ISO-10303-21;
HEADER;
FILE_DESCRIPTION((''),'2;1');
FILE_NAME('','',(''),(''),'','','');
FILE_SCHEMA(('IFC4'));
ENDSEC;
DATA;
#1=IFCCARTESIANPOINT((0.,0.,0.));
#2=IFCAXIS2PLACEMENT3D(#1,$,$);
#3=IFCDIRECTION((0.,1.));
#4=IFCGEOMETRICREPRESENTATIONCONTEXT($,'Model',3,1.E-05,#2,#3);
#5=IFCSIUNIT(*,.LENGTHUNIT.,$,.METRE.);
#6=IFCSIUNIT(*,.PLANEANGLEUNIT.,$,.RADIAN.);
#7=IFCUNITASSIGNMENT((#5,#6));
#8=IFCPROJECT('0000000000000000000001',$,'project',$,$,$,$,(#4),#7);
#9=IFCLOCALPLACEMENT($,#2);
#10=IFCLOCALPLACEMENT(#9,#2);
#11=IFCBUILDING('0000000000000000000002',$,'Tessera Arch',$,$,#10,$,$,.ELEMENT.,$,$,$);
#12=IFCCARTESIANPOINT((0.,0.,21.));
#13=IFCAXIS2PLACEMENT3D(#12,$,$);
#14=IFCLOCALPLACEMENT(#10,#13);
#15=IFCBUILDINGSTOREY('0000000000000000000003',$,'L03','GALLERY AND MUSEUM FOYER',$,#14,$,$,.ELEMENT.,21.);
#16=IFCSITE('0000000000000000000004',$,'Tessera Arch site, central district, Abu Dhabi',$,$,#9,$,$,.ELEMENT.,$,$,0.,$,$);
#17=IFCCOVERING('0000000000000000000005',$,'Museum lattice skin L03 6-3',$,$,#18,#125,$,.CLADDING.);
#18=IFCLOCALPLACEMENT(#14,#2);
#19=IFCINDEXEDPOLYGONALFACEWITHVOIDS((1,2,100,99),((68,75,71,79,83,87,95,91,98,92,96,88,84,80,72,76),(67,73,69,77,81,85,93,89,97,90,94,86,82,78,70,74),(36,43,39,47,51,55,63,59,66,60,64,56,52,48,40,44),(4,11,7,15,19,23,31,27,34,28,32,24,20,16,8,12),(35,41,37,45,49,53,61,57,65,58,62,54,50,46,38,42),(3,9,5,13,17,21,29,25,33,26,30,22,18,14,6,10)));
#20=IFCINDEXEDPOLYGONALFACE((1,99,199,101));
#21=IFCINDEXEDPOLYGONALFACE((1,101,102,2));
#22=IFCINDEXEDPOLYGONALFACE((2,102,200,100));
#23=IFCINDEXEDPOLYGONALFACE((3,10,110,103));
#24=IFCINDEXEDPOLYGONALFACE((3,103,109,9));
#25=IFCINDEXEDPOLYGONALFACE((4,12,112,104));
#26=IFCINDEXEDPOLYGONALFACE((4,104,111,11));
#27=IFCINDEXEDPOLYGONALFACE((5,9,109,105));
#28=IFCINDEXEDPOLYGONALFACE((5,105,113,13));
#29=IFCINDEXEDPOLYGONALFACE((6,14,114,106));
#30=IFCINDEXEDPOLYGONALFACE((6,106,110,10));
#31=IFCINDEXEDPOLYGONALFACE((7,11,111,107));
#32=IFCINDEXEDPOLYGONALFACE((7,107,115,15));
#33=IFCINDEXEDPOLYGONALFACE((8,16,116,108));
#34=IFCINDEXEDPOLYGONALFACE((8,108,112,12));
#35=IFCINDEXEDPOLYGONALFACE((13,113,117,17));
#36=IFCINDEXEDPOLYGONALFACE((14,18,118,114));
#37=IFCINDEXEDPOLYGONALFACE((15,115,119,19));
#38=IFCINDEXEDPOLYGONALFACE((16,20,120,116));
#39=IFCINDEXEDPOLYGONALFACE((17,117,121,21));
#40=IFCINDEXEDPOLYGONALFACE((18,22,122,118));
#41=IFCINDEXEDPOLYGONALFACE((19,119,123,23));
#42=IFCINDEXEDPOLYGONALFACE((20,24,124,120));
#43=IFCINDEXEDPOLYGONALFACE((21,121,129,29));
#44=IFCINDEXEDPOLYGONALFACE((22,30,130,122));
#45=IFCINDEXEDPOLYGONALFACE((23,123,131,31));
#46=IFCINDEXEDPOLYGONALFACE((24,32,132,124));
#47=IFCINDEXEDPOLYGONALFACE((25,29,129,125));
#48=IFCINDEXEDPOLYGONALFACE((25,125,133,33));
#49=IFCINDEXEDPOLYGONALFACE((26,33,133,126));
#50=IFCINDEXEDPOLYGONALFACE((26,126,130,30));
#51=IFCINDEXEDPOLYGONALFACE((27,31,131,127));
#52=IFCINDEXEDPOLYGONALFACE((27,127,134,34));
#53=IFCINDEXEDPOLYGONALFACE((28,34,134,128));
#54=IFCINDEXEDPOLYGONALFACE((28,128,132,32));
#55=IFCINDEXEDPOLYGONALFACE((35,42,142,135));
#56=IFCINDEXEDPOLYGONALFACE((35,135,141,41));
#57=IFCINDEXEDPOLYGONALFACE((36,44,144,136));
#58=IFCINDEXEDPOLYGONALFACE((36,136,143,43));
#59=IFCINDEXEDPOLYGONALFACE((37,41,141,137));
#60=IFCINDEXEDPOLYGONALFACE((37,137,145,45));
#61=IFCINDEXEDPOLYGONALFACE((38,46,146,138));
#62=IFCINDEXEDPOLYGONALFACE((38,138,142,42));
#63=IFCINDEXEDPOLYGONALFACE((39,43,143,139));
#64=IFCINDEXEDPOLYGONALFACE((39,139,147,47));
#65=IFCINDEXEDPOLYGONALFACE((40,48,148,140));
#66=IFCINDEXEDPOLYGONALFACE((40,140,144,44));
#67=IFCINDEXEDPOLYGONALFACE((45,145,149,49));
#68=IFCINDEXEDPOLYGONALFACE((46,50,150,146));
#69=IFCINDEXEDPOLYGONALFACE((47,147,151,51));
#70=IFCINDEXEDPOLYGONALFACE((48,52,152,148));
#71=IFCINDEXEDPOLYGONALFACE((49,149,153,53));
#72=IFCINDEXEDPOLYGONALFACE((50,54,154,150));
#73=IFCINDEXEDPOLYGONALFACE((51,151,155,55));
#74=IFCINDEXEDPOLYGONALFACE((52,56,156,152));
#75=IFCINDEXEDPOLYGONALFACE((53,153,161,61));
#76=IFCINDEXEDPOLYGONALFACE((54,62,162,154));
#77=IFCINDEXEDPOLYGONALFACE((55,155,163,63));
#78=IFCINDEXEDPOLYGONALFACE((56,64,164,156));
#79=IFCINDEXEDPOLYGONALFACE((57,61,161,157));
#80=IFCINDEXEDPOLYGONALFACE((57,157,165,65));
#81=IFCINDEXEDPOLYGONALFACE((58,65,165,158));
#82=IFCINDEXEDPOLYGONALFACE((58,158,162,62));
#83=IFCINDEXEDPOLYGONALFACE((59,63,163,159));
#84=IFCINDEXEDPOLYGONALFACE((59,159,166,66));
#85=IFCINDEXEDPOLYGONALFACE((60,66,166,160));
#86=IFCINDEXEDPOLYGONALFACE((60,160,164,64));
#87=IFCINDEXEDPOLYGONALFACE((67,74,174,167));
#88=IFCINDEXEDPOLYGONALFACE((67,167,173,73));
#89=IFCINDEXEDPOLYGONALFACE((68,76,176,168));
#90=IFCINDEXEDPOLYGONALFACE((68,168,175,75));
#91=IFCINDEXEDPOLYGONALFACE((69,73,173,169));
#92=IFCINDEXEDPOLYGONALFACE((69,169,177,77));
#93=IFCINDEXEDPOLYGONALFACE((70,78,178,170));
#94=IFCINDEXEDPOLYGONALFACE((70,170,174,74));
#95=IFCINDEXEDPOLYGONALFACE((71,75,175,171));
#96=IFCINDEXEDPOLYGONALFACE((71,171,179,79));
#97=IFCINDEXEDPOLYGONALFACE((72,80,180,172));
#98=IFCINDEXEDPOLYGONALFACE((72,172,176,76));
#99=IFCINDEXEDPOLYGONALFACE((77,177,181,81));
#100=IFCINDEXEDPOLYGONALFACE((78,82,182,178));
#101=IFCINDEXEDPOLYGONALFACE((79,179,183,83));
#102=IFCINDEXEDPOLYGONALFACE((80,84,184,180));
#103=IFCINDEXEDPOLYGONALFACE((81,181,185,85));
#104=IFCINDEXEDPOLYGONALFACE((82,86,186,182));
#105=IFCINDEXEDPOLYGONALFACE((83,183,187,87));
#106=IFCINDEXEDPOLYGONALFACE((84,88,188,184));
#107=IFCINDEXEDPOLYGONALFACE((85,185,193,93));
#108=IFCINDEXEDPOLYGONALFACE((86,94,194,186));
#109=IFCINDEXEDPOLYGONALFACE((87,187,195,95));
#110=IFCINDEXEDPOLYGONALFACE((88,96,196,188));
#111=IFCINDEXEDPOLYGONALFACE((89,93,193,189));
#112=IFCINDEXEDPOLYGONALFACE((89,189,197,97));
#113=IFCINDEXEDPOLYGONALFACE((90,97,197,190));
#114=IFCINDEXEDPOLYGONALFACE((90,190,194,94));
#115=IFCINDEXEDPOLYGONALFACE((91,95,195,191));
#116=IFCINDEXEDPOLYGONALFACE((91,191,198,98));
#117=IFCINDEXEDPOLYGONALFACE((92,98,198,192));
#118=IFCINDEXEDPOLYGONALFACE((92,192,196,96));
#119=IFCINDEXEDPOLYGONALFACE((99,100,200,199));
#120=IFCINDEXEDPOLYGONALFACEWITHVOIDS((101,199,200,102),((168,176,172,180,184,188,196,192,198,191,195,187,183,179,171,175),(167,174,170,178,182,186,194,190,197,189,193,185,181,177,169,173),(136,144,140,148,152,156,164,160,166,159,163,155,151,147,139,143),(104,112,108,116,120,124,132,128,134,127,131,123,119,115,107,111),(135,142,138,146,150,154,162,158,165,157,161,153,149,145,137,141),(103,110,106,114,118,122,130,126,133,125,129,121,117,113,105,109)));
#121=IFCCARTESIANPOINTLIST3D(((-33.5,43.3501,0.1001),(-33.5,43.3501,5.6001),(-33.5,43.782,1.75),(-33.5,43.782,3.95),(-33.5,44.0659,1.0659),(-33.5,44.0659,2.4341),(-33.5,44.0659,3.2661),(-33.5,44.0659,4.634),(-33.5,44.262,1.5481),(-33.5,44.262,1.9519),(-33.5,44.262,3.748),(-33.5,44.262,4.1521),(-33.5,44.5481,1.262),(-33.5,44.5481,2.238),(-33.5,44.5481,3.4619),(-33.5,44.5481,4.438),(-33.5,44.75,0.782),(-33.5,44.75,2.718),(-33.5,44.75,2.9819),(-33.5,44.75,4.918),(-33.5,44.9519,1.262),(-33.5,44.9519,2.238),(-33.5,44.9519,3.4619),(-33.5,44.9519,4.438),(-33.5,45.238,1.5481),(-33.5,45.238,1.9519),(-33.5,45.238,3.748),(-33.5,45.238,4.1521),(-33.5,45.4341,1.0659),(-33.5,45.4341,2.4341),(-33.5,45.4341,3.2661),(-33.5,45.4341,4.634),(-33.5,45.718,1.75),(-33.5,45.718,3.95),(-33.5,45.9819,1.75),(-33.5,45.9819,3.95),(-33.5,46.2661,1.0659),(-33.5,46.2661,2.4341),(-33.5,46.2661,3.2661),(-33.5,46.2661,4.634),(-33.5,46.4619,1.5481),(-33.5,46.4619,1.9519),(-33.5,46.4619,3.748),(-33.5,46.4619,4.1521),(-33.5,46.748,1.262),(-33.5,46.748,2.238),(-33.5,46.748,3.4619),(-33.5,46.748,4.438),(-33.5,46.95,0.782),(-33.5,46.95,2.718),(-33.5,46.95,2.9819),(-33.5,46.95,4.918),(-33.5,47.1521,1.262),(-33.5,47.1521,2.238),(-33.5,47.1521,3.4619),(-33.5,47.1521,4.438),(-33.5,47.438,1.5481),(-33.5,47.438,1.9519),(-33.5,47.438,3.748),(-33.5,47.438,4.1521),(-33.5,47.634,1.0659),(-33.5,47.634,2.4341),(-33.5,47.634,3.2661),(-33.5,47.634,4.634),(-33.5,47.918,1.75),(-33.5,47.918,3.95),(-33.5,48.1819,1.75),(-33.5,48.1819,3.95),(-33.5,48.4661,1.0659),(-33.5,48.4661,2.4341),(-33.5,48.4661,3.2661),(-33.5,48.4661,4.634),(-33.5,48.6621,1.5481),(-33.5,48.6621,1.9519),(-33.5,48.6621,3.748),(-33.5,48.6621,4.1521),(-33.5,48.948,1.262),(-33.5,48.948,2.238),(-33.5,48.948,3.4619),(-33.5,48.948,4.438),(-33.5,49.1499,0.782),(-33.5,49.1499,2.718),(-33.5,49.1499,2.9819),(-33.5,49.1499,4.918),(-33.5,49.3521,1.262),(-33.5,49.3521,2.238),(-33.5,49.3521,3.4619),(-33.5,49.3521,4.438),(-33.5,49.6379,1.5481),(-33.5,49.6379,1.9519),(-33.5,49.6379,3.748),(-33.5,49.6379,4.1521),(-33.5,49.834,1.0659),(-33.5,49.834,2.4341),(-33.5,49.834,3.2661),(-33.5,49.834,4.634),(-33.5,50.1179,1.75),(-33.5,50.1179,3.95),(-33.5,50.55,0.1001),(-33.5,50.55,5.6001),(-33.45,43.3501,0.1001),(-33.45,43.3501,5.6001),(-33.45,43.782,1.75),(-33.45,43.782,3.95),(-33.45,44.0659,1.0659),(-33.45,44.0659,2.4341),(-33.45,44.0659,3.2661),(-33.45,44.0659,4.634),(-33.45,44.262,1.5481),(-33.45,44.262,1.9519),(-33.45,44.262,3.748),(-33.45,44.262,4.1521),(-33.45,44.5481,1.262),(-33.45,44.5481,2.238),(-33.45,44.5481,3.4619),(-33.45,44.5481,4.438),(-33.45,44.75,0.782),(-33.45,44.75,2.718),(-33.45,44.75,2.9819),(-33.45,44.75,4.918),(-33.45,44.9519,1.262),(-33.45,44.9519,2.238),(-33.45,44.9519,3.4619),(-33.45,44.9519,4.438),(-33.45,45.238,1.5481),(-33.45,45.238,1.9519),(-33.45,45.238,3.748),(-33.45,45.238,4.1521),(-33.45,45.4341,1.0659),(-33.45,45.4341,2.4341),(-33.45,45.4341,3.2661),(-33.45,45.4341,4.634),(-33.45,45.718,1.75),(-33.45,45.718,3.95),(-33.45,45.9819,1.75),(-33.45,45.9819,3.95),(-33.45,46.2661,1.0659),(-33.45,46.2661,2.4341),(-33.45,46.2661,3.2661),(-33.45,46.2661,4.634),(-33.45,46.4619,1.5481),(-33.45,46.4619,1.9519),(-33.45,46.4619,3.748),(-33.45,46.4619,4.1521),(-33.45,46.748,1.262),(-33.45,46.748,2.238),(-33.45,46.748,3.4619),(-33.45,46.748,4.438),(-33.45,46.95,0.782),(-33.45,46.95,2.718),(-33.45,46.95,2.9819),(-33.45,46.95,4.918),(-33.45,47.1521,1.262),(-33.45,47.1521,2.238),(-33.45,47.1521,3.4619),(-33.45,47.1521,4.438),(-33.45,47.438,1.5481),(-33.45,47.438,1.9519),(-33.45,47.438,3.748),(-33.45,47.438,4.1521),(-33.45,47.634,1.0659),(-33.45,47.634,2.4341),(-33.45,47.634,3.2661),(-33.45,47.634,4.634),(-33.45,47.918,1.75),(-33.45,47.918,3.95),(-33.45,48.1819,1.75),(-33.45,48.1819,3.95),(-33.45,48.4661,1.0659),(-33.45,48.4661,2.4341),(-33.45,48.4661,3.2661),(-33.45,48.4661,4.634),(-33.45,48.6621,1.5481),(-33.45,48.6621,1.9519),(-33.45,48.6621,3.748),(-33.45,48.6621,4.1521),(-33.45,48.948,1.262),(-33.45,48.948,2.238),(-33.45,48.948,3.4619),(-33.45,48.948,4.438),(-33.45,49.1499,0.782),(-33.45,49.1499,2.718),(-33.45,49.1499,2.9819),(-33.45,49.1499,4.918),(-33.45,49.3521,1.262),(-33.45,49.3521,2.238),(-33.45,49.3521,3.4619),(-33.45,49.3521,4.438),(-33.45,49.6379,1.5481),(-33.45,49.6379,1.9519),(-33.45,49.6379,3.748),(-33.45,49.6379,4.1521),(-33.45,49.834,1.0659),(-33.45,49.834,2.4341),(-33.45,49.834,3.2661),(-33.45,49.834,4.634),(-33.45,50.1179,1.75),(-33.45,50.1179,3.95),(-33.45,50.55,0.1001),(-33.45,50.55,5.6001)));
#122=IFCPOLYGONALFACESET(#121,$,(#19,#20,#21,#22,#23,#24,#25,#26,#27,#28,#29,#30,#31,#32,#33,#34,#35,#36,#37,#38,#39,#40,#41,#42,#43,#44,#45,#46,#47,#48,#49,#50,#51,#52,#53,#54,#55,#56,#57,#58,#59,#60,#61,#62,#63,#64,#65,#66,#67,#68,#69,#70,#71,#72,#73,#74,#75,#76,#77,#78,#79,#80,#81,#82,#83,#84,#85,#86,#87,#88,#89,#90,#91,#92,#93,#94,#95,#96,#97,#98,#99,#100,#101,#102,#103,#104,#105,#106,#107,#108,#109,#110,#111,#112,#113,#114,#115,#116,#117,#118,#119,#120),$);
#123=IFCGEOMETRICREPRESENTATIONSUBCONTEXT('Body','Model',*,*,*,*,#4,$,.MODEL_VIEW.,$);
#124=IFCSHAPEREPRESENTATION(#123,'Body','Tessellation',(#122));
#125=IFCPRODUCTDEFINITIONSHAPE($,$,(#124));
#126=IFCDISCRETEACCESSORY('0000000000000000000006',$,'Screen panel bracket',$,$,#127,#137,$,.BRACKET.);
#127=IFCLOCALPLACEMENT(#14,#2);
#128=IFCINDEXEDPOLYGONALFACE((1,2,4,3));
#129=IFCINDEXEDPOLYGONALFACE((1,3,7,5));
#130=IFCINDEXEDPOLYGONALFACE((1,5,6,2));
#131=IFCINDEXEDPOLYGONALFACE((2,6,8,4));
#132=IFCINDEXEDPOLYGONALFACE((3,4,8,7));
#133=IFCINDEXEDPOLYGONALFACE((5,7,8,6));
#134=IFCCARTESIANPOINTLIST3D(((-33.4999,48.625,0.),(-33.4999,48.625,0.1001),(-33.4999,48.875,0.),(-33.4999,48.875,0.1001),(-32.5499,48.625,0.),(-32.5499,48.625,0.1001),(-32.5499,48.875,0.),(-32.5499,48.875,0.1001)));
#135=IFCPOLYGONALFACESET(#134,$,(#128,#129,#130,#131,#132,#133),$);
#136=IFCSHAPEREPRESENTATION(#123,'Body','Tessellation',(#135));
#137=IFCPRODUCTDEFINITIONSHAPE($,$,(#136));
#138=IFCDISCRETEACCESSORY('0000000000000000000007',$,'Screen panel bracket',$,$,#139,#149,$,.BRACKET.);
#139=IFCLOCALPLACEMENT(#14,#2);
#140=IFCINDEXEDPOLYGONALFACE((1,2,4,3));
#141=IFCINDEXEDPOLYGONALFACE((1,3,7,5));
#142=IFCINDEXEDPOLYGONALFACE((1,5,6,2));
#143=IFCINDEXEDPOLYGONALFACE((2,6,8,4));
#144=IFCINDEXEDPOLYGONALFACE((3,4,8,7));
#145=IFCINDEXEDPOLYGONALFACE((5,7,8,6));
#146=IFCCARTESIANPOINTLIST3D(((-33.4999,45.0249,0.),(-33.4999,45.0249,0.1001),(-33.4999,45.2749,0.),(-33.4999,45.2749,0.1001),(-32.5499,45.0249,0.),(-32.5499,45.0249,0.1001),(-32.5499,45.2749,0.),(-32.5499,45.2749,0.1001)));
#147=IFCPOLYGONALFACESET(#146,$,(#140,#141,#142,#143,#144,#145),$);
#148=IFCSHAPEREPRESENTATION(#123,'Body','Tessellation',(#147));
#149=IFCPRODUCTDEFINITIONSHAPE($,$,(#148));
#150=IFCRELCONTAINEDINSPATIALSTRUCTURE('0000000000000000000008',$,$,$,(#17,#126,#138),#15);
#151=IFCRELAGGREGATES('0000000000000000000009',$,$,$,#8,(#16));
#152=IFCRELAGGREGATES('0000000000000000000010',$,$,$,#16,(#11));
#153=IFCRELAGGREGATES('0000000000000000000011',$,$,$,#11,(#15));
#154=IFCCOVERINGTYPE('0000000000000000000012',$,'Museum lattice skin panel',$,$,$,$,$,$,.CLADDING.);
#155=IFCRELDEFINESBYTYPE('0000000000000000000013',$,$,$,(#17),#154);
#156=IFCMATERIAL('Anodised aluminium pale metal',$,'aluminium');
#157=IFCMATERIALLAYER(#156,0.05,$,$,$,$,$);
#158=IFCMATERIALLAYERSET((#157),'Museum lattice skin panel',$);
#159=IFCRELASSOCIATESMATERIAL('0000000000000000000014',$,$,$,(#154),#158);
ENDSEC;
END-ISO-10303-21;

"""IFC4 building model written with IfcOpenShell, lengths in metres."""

from ifc_helpers import new_model, si_unit, direction, frame, origin, origin_2d, place, context, subcontext, project, spatial, polyline, rectangle, outline, extrude, material, layer, layer_set, type_object, element, save


model = new_model("IFC4")

# Units and contexts
model_context = context("Model", 3, precision=1e-05, world=origin(), true_north=direction((0.0, 1.0)))
body_context = subcontext(model_context, "Body", "Model", "MODEL_VIEW")
ifc_project = project(units=[si_unit("LENGTHUNIT", "METRE"), si_unit("PLANEANGLEUNIT", "RADIAN")], contexts=[model_context])

# Site, building, storey
site_placement = place(None, origin())
site = spatial("IfcSite", under=ifc_project, at=site_placement, Name="Tessera Arch site, central district, Abu Dhabi", CompositionType="ELEMENT", RefElevation=0.0)
building_placement = place(site_placement, origin())
building = spatial("IfcBuilding", under=site, at=building_placement, Name="Tessera Arch", CompositionType="ELEMENT")
storey_placement = place(building_placement, frame((0.0, 0.0, 21.0)))
storey = spatial("IfcBuildingStorey", under=building, at=storey_placement, Name="L03", Description="GALLERY AND MUSEUM FOYER", CompositionType="ELEMENT", Elevation=21.0)

# Covering
ifc_material_1 = material(Name="Anodised aluminium pale metal", Category="aluminium")
ifc_layer_1 = layer(ifc_material_1, 0.05)
ifc_layer_set_1 = layer_set([ifc_layer_1], Name="Museum lattice skin panel")
covering_type = type_object("IfcCoveringType", Name="Museum lattice skin panel", PredefinedType="CLADDING", material=ifc_layer_set_1)
covering_placement = place(storey_placement, frame((-33.45, 50.55, 5.6001), z_axis=(1.0, 0.0, 0.0), x_axis=(0.0, -1.0, 0.0)))
element("IfcCovering", 1, at=covering_placement, inside=storey, type_object=covering_type, Name="Museum lattice skin L03 6-3", PredefinedType="CLADDING", context=body_context, shape_type="SweptSolid", body=[
    extrude(outline(polyline([(0.0, 0.0), (7.2, 0.0), (7.2, 5.5), (0.0, 5.5), (0.0, 0.0)]), holes=[polyline([(2.3682, 3.8501), (1.8879, 3.6482), (2.084, 3.166), (1.6021, 3.3621), (1.4001, 2.8821), (1.198, 3.3621), (0.7161, 3.166), (0.9121, 3.6482), (0.4321, 3.8501), (0.9121, 4.052), (0.7161, 4.5342), (1.198, 4.3381), (1.4001, 4.8181), (1.6021, 4.3381), (2.084, 4.5342), (1.8879, 4.052), (2.3682, 3.8501)]), polyline([(2.3682, 1.6501), (1.8879, 1.448), (2.084, 0.9661), (1.6021, 1.1621), (1.4001, 0.6821), (1.198, 1.1621), (0.7161, 0.9661), (0.9121, 1.448), (0.4321, 1.6501), (0.9121, 1.8521), (0.7161, 2.334), (1.198, 2.1382), (1.4001, 2.6182), (1.6021, 2.1382), (2.084, 2.334), (1.8879, 1.8521), (2.3682, 1.6501)]), polyline([(4.5681, 3.8501), (4.0881, 3.6482), (4.2839, 3.166), (3.802, 3.3621), (3.6001, 2.8821), (3.3979, 3.3621), (2.916, 3.166), (3.1121, 3.6482), (2.6321, 3.8501), (3.1121, 4.052), (2.916, 4.5342), (3.3979, 4.3381), (3.6001, 4.8181), (3.802, 4.3381), (4.2839, 4.5342), (4.0881, 4.052), (4.5681, 3.8501)]), polyline([(4.5681, 1.6501), (4.0881, 1.448), (4.2839, 0.9661), (3.802, 1.1621), (3.6001, 0.6821), (3.3979, 1.1621), (2.916, 0.9661), (3.1121, 1.448), (2.6321, 1.6501), (3.1121, 1.8521), (2.916, 2.334), (3.3979, 2.1382), (3.6001, 2.6182), (3.802, 2.1382), (4.2839, 2.334), (4.0881, 1.8521), (4.5681, 1.6501)]), polyline([(6.7681, 3.8501), (6.2881, 3.6482), (6.4841, 3.166), (6.002, 3.3621), (5.8, 2.8821), (5.5981, 3.3621), (5.116, 3.166), (5.312, 3.6482), (4.832, 3.8501), (5.312, 4.052), (5.116, 4.5342), (5.5981, 4.3381), (5.8, 4.8181), (6.002, 4.3381), (6.4841, 4.5342), (6.2881, 4.052), (6.7681, 3.8501)]), polyline([(6.7681, 1.6501), (6.2881, 1.448), (6.4841, 0.9661), (6.002, 1.1621), (5.8, 0.6821), (5.5981, 1.1621), (5.116, 0.9661), (5.312, 1.448), (4.832, 1.6501), (5.312, 1.8521), (5.116, 2.334), (5.5981, 2.1382), (5.8, 2.6182), (6.002, 2.1382), (6.4841, 2.334), (6.2881, 1.8521), (6.7681, 1.6501)])]), origin(), (0.0, 0.0, -1.0), 0.05),
])

# Discrete accessories
for number, where, z_axis, x_axis, name in (
    (2, (-33.0249, 48.75, 0.0), (0.0, 0.0, 1.0), (-1.0, 0.0, 0.0), "Screen panel bracket"),
    (3, (-33.0249, 45.1499, 0.0), (0.0, 0.0, 1.0), (-1.0, 0.0, 0.0), "Screen panel bracket"),
):
    element("IfcDiscreteAccessory", number, at=place(storey_placement, frame(where, z_axis=z_axis, x_axis=x_axis)), inside=storey, Name=name, PredefinedType="BRACKET", context=body_context, shape_type="SweptSolid", body=[
        extrude(rectangle(XDim=0.95, YDim=0.25, at=origin_2d()), origin(), (0.0, 0.0, 1.0), 0.1001),
    ])

save(model, "model.ifc")
